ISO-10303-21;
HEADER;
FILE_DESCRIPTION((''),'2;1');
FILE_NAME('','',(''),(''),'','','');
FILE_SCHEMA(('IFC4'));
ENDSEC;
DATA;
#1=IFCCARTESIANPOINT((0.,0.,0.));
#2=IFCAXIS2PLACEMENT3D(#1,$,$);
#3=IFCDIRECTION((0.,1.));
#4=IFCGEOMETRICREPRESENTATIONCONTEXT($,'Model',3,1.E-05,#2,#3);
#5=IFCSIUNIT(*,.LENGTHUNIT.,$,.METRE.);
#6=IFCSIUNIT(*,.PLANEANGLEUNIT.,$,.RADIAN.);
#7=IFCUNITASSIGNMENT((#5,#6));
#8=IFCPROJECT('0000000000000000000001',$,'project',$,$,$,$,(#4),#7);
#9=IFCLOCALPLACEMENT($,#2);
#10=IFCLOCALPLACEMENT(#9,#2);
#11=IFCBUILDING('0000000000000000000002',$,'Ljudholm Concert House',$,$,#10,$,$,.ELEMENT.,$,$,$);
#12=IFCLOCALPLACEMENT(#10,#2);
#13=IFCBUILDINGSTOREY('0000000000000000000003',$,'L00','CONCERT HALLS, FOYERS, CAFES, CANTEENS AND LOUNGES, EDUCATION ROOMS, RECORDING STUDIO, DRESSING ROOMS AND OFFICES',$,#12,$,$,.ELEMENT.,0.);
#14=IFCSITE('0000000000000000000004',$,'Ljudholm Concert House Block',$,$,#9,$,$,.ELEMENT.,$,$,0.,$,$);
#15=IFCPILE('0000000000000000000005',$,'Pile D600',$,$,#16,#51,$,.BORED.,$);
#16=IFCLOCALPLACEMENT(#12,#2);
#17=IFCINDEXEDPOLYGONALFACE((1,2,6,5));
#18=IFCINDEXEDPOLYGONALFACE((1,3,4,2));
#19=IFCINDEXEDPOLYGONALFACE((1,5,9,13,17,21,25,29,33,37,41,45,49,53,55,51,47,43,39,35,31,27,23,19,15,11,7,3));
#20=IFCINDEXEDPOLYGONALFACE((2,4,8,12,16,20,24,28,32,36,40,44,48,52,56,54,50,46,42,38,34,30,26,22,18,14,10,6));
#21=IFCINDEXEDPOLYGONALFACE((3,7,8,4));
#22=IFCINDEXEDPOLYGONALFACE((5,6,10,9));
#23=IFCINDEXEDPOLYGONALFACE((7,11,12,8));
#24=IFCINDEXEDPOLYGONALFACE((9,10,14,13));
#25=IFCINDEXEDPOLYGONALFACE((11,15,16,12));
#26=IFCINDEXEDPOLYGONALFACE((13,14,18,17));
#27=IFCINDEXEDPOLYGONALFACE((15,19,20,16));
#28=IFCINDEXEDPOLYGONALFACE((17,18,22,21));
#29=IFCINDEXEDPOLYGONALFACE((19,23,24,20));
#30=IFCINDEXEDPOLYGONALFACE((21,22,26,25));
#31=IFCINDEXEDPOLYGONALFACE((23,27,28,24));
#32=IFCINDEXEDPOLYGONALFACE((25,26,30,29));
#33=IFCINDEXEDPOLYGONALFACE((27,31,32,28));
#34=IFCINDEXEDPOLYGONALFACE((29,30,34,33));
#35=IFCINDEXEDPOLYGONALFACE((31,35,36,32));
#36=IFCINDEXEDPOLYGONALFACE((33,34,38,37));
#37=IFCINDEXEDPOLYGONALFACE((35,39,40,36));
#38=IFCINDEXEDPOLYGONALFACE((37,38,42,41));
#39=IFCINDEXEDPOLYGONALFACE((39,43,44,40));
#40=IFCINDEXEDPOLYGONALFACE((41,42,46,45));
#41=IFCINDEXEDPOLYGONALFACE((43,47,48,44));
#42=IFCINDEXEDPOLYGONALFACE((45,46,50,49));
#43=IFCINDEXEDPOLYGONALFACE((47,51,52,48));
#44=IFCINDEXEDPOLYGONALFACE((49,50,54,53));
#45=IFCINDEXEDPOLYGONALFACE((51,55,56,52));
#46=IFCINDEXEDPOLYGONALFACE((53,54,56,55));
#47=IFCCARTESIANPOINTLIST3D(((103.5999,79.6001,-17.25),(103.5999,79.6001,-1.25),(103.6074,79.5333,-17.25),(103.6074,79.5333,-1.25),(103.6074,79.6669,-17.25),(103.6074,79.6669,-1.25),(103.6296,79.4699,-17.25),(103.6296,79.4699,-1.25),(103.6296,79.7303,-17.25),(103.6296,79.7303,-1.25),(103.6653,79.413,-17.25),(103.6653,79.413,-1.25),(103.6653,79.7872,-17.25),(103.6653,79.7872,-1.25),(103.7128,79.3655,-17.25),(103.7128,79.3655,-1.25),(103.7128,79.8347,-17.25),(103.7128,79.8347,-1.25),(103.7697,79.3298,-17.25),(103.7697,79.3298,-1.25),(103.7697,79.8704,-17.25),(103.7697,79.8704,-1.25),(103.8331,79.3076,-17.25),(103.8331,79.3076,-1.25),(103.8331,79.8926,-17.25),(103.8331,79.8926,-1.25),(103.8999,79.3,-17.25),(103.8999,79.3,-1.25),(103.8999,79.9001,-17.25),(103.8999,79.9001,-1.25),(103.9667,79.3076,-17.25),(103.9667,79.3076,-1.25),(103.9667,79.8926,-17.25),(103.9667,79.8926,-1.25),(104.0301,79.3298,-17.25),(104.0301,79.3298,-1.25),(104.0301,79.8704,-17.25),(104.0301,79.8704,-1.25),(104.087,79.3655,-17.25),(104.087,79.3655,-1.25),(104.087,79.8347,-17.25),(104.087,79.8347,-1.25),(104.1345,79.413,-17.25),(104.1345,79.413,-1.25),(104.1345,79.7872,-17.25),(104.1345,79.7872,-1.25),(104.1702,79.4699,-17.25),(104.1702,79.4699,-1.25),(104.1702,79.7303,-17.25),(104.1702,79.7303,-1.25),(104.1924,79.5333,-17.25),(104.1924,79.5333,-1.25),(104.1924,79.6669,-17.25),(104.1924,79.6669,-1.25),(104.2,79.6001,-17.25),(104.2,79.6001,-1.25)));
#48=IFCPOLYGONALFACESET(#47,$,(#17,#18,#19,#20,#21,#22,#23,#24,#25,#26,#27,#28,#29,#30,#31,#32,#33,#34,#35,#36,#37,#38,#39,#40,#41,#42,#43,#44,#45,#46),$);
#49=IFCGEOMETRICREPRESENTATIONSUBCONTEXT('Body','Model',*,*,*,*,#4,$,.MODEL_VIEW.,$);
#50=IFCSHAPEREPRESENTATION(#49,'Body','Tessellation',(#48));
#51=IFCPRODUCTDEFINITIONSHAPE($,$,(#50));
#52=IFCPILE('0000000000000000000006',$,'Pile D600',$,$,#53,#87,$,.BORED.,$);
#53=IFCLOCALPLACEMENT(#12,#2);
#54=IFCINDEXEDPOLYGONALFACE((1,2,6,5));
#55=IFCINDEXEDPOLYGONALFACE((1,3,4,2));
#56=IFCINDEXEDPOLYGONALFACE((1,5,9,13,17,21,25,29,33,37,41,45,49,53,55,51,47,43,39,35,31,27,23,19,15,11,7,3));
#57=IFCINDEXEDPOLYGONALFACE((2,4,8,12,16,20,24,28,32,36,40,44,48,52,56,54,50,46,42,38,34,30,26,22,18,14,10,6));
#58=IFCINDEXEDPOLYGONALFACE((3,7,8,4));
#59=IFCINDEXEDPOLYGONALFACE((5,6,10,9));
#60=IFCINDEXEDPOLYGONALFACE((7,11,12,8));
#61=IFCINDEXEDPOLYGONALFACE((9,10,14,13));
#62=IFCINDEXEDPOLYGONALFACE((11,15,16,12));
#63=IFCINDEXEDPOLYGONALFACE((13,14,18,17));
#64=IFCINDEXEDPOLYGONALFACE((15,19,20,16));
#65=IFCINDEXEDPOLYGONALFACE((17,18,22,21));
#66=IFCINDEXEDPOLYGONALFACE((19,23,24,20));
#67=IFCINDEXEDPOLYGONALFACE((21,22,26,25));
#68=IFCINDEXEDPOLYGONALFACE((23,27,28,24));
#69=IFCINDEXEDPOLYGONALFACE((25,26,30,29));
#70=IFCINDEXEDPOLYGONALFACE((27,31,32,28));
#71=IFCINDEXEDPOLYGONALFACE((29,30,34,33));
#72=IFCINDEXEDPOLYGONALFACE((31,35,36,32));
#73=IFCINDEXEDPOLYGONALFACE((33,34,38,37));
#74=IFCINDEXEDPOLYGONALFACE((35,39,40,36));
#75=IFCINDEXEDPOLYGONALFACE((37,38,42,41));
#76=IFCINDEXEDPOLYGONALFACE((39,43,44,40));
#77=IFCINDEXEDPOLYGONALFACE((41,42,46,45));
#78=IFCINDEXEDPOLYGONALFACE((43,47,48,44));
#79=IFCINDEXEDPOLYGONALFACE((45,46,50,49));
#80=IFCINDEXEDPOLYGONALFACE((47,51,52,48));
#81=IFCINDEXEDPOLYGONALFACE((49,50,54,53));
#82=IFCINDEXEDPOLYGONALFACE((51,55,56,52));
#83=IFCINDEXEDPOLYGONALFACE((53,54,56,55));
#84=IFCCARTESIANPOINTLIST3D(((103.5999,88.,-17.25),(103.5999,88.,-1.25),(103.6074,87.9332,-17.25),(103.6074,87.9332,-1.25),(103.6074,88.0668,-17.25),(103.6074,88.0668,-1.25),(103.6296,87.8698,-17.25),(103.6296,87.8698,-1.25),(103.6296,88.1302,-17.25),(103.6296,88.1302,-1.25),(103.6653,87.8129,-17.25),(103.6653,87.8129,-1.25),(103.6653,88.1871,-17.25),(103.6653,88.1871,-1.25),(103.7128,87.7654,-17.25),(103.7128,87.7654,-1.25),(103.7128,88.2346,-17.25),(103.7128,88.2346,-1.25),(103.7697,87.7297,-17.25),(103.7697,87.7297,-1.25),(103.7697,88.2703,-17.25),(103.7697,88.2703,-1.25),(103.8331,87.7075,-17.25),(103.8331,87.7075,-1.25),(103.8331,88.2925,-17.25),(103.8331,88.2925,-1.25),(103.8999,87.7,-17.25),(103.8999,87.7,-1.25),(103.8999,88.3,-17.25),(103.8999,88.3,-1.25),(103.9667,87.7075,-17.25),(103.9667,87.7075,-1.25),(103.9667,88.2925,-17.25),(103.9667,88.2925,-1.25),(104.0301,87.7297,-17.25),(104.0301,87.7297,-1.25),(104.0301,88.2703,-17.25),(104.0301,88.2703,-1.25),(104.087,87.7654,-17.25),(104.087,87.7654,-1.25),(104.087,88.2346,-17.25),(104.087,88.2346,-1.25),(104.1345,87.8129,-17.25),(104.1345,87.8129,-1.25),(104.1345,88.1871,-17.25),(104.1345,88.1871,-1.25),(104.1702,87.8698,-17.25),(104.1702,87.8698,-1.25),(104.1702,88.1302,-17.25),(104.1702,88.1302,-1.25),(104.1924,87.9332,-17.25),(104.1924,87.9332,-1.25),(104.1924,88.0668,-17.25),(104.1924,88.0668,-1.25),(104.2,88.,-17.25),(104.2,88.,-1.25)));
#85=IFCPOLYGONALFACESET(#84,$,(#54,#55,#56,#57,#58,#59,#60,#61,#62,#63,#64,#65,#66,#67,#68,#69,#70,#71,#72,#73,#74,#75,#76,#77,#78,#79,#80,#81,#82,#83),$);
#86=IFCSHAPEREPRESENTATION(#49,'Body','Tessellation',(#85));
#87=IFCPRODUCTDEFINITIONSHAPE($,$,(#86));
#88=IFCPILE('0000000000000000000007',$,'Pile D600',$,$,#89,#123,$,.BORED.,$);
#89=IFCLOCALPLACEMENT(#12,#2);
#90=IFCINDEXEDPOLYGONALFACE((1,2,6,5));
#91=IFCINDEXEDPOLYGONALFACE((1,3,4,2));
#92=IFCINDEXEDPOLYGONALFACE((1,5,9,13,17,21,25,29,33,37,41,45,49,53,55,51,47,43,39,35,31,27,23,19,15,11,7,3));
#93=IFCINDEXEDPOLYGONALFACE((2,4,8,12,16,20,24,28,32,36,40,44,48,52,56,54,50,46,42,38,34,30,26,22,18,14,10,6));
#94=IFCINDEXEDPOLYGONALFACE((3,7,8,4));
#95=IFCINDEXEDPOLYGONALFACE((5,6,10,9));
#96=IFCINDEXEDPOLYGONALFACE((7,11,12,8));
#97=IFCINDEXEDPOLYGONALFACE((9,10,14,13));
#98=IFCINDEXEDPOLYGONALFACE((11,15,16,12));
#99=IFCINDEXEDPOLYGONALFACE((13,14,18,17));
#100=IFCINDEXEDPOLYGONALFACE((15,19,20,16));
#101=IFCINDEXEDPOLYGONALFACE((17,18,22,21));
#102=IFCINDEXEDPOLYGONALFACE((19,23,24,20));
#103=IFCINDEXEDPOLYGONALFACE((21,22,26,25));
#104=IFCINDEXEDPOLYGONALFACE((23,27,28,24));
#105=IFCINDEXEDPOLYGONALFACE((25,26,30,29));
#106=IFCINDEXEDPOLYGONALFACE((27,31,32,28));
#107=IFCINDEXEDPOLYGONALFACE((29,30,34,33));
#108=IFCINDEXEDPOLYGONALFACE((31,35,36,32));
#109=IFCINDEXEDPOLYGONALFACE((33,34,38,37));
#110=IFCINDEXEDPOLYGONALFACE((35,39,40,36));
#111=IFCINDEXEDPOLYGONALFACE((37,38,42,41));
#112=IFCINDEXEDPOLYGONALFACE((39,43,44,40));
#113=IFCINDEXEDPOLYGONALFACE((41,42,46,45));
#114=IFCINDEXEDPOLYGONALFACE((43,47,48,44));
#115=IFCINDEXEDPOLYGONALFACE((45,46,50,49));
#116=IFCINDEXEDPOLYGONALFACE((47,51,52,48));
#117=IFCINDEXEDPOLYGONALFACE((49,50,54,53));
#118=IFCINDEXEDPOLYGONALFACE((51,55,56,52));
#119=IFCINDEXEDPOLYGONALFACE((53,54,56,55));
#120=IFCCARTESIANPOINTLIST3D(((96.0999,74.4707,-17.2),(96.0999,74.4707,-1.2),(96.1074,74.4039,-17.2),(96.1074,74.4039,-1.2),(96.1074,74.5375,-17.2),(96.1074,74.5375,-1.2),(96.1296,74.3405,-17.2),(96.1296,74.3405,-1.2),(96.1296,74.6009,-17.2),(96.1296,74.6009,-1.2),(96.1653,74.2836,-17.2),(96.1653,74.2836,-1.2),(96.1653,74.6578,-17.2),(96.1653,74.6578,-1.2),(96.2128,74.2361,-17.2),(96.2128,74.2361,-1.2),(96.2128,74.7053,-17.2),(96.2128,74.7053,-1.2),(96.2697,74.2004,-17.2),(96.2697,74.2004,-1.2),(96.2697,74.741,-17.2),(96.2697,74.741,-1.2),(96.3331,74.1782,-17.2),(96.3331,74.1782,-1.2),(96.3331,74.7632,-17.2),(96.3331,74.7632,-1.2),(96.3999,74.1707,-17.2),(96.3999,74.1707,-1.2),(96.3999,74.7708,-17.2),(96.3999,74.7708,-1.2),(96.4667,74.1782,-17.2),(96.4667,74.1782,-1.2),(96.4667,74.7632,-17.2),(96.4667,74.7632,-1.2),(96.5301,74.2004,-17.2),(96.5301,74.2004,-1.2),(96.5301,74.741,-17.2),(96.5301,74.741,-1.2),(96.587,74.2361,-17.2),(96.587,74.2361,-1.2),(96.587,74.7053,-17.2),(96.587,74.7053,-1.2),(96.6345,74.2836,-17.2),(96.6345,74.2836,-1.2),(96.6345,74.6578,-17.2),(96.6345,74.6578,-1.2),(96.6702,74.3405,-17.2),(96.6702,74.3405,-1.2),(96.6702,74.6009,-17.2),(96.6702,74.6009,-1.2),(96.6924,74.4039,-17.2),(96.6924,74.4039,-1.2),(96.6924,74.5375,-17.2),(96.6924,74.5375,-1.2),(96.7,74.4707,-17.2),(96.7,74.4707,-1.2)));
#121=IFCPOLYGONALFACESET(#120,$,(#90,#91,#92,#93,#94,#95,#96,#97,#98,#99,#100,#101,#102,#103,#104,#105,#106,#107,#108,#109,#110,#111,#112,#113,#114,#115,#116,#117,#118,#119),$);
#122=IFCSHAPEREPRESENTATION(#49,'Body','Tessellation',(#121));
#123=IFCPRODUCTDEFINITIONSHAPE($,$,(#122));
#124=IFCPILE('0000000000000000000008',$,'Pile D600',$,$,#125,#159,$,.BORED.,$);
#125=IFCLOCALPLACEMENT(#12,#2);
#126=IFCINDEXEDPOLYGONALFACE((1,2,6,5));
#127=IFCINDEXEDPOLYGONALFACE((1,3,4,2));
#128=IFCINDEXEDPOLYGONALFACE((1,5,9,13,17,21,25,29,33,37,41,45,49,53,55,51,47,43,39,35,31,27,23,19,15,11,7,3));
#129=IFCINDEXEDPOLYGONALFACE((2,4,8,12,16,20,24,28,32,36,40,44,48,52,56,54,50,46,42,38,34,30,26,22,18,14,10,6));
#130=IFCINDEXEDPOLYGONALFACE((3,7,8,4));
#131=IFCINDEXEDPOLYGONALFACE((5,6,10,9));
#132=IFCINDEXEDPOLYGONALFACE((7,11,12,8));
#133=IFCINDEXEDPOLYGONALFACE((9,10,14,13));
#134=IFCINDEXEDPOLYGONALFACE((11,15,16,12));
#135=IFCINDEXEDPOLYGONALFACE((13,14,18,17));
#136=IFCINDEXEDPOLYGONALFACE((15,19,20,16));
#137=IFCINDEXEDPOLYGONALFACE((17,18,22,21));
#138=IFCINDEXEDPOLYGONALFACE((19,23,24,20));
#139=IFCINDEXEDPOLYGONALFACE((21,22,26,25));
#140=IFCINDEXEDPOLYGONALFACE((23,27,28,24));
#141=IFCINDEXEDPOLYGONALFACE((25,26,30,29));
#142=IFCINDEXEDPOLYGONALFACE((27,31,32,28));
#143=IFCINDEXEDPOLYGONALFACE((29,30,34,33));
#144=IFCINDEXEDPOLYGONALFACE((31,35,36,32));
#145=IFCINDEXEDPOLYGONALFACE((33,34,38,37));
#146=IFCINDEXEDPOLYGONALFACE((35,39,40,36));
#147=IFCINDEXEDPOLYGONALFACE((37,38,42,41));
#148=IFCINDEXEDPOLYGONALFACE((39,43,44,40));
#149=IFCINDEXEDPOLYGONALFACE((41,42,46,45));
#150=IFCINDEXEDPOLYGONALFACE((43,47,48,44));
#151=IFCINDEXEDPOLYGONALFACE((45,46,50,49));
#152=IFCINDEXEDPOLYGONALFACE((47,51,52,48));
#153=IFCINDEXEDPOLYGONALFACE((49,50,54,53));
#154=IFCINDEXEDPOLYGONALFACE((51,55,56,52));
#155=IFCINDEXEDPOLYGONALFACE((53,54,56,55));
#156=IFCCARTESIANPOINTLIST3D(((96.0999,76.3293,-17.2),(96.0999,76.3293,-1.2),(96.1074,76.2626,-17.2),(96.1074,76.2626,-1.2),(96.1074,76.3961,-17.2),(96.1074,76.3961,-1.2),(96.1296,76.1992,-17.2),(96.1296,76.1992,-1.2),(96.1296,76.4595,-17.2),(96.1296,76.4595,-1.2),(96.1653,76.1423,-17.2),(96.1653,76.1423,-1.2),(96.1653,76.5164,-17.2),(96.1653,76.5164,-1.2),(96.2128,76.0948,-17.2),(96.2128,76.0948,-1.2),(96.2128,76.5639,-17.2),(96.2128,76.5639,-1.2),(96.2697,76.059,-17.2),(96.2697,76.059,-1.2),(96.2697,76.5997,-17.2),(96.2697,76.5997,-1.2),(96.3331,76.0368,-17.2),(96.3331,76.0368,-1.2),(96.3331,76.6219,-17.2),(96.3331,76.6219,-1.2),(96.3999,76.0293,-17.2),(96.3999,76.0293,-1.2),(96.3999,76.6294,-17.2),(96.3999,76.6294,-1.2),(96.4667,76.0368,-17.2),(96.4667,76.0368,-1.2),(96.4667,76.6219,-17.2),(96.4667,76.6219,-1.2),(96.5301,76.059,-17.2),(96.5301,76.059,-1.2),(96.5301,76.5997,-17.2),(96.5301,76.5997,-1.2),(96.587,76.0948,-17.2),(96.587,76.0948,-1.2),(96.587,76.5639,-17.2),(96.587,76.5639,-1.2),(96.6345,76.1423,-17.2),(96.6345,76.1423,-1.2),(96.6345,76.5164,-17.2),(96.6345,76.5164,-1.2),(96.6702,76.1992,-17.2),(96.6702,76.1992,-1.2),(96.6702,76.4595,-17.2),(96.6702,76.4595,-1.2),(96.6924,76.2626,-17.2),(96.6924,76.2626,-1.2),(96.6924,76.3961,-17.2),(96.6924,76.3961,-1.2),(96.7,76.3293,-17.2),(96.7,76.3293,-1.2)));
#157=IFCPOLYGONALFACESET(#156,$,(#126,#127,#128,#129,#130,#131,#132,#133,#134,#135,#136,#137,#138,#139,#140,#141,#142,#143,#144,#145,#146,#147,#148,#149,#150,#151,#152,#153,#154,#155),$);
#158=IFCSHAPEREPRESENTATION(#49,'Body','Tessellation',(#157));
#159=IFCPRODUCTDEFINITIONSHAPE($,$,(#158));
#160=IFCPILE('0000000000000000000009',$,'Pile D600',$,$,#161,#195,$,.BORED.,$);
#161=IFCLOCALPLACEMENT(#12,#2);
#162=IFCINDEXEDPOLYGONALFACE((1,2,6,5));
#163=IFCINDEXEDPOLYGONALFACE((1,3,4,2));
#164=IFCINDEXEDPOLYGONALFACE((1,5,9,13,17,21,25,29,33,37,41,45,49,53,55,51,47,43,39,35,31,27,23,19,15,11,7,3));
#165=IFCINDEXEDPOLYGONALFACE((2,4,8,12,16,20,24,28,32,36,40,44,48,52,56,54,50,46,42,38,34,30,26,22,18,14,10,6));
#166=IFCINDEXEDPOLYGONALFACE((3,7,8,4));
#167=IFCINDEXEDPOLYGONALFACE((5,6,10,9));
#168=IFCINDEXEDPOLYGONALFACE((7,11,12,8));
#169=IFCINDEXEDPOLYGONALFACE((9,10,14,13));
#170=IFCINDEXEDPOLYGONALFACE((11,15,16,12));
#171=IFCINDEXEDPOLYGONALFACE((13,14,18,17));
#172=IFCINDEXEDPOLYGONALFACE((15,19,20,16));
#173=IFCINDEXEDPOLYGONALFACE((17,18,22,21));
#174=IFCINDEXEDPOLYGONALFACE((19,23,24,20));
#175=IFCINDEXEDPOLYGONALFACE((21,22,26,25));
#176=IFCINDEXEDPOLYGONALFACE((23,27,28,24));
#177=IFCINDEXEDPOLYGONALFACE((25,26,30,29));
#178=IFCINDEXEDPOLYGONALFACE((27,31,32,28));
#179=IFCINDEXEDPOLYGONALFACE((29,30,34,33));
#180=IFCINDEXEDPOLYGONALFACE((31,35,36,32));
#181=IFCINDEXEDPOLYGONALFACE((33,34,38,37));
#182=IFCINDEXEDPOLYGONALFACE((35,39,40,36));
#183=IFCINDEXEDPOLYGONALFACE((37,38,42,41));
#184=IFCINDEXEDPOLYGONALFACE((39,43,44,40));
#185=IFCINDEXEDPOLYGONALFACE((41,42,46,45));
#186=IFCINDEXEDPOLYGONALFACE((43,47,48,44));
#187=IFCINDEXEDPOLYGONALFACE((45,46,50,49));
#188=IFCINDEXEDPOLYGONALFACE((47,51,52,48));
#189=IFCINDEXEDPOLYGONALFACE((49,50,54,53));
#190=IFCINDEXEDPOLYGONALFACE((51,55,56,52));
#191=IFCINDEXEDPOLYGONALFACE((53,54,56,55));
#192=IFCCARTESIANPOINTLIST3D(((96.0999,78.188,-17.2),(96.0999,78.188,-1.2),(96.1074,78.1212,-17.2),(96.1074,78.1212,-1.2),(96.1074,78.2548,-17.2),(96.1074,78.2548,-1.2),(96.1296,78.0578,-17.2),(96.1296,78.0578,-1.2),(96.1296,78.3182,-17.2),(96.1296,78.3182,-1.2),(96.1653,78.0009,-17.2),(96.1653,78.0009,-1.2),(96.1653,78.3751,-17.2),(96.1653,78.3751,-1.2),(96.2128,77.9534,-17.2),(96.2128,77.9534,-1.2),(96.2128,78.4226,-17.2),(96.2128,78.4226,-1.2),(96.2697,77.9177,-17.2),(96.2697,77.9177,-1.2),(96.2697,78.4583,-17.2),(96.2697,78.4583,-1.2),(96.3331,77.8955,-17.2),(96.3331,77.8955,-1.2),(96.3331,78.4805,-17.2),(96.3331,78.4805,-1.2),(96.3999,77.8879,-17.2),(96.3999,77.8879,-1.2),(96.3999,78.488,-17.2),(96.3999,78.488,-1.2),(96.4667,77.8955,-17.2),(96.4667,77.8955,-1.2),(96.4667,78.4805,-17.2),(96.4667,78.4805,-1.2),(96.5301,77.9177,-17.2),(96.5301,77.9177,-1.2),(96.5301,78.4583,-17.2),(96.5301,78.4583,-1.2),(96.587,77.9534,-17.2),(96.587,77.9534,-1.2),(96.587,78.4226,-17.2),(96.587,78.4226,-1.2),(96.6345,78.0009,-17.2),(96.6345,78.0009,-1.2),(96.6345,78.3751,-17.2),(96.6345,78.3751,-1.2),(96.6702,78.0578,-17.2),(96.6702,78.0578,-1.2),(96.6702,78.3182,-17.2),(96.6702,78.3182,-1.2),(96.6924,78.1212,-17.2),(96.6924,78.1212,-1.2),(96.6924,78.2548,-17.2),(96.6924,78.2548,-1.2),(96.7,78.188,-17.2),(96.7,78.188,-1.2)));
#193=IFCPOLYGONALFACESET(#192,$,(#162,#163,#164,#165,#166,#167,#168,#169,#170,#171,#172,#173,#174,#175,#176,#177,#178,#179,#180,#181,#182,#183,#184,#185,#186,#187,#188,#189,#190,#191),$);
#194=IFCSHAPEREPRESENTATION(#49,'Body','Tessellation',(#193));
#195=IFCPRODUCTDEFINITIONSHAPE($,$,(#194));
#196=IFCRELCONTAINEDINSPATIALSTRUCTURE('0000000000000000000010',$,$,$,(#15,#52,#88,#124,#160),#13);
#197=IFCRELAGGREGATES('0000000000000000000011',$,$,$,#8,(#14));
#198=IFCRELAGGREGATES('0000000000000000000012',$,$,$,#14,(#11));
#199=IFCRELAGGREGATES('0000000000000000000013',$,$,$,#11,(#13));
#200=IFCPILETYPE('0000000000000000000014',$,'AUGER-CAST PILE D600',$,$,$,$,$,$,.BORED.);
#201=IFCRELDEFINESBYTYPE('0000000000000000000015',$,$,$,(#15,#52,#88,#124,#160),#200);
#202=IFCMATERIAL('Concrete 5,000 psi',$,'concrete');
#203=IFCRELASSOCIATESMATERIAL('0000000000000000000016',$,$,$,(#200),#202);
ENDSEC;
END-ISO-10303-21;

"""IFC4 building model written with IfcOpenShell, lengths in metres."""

from ifc_helpers import new_model, si_unit, direction, frame, origin, origin_2d, place, context, subcontext, project, spatial, circle, extrude, material, material_profile, profile_set, type_object, element, save


model = new_model("IFC4")

# Units and contexts
model_context = context("Model", 3, precision=1e-05, world=origin(), true_north=direction((0.0, 1.0)))
body_context = subcontext(model_context, "Body", "Model", "MODEL_VIEW")
ifc_project = project(units=[si_unit("LENGTHUNIT", "METRE"), si_unit("PLANEANGLEUNIT", "RADIAN")], contexts=[model_context])

# Site, building, storey
site_placement = place(None, origin())
site = spatial("IfcSite", under=ifc_project, at=site_placement, Name="Ljudholm Concert House Block", CompositionType="ELEMENT", RefElevation=0.0)
building_placement = place(site_placement, origin())
building = spatial("IfcBuilding", under=site, at=building_placement, Name="Ljudholm Concert House", CompositionType="ELEMENT")
storey_placement = place(building_placement, origin())
storey = spatial("IfcBuildingStorey", under=building, at=storey_placement, Name="L00", Description="CONCERT HALLS, FOYERS, CAFES, CANTEENS AND LOUNGES, EDUCATION ROOMS, RECORDING STUDIO, DRESSING ROOMS AND OFFICES", CompositionType="ELEMENT", Elevation=0.0)

# Piles
ifc_material_1 = material(Name="Concrete 5,000 psi", Category="concrete")
ifc_material_profile_1 = material_profile(ifc_material_1, circle(Radius=0.3, at=origin_2d()), Name="AUGER-CAST PILE D600")
ifc_profile_set_1 = profile_set([ifc_material_profile_1], Name="Concrete 5,000 psi")
pile_type = type_object("IfcPileType", Name="AUGER-CAST PILE D600", PredefinedType="BORED", material=ifc_profile_set_1)
for number, where, z_axis, x_axis, name in (
    (1, (103.8999, 79.6001, -1.25), (0.0, 0.0, -1.0), (1.0, 0.0, 0.0), "Pile D600"),
    (2, (103.8999, 88.0, -1.25), (0.0, 0.0, -1.0), (1.0, 0.0, 0.0), "Pile D600"),
    (3, (96.3999, 74.4707, -1.2), (0.0, 0.0, -1.0), (1.0, 0.0, 0.0), "Pile D600"),
    (4, (96.3999, 76.3293, -1.2), (0.0, 0.0, -1.0), (1.0, 0.0, 0.0), "Pile D600"),
    (5, (96.3999, 78.188, -1.2), (0.0, 0.0, -1.0), (1.0, 0.0, 0.0), "Pile D600"),
):
    element("IfcPile", number, at=place(storey_placement, frame(where, z_axis=z_axis, x_axis=x_axis)), inside=storey, type_object=pile_type, Name=name, PredefinedType="BORED", context=body_context, shape_type="SweptSolid", body=[
        extrude(circle(Radius=0.3, at=origin_2d()), origin(), (0.0, 0.0, 1.0), 16.0),
    ])

save(model, "model.ifc")
